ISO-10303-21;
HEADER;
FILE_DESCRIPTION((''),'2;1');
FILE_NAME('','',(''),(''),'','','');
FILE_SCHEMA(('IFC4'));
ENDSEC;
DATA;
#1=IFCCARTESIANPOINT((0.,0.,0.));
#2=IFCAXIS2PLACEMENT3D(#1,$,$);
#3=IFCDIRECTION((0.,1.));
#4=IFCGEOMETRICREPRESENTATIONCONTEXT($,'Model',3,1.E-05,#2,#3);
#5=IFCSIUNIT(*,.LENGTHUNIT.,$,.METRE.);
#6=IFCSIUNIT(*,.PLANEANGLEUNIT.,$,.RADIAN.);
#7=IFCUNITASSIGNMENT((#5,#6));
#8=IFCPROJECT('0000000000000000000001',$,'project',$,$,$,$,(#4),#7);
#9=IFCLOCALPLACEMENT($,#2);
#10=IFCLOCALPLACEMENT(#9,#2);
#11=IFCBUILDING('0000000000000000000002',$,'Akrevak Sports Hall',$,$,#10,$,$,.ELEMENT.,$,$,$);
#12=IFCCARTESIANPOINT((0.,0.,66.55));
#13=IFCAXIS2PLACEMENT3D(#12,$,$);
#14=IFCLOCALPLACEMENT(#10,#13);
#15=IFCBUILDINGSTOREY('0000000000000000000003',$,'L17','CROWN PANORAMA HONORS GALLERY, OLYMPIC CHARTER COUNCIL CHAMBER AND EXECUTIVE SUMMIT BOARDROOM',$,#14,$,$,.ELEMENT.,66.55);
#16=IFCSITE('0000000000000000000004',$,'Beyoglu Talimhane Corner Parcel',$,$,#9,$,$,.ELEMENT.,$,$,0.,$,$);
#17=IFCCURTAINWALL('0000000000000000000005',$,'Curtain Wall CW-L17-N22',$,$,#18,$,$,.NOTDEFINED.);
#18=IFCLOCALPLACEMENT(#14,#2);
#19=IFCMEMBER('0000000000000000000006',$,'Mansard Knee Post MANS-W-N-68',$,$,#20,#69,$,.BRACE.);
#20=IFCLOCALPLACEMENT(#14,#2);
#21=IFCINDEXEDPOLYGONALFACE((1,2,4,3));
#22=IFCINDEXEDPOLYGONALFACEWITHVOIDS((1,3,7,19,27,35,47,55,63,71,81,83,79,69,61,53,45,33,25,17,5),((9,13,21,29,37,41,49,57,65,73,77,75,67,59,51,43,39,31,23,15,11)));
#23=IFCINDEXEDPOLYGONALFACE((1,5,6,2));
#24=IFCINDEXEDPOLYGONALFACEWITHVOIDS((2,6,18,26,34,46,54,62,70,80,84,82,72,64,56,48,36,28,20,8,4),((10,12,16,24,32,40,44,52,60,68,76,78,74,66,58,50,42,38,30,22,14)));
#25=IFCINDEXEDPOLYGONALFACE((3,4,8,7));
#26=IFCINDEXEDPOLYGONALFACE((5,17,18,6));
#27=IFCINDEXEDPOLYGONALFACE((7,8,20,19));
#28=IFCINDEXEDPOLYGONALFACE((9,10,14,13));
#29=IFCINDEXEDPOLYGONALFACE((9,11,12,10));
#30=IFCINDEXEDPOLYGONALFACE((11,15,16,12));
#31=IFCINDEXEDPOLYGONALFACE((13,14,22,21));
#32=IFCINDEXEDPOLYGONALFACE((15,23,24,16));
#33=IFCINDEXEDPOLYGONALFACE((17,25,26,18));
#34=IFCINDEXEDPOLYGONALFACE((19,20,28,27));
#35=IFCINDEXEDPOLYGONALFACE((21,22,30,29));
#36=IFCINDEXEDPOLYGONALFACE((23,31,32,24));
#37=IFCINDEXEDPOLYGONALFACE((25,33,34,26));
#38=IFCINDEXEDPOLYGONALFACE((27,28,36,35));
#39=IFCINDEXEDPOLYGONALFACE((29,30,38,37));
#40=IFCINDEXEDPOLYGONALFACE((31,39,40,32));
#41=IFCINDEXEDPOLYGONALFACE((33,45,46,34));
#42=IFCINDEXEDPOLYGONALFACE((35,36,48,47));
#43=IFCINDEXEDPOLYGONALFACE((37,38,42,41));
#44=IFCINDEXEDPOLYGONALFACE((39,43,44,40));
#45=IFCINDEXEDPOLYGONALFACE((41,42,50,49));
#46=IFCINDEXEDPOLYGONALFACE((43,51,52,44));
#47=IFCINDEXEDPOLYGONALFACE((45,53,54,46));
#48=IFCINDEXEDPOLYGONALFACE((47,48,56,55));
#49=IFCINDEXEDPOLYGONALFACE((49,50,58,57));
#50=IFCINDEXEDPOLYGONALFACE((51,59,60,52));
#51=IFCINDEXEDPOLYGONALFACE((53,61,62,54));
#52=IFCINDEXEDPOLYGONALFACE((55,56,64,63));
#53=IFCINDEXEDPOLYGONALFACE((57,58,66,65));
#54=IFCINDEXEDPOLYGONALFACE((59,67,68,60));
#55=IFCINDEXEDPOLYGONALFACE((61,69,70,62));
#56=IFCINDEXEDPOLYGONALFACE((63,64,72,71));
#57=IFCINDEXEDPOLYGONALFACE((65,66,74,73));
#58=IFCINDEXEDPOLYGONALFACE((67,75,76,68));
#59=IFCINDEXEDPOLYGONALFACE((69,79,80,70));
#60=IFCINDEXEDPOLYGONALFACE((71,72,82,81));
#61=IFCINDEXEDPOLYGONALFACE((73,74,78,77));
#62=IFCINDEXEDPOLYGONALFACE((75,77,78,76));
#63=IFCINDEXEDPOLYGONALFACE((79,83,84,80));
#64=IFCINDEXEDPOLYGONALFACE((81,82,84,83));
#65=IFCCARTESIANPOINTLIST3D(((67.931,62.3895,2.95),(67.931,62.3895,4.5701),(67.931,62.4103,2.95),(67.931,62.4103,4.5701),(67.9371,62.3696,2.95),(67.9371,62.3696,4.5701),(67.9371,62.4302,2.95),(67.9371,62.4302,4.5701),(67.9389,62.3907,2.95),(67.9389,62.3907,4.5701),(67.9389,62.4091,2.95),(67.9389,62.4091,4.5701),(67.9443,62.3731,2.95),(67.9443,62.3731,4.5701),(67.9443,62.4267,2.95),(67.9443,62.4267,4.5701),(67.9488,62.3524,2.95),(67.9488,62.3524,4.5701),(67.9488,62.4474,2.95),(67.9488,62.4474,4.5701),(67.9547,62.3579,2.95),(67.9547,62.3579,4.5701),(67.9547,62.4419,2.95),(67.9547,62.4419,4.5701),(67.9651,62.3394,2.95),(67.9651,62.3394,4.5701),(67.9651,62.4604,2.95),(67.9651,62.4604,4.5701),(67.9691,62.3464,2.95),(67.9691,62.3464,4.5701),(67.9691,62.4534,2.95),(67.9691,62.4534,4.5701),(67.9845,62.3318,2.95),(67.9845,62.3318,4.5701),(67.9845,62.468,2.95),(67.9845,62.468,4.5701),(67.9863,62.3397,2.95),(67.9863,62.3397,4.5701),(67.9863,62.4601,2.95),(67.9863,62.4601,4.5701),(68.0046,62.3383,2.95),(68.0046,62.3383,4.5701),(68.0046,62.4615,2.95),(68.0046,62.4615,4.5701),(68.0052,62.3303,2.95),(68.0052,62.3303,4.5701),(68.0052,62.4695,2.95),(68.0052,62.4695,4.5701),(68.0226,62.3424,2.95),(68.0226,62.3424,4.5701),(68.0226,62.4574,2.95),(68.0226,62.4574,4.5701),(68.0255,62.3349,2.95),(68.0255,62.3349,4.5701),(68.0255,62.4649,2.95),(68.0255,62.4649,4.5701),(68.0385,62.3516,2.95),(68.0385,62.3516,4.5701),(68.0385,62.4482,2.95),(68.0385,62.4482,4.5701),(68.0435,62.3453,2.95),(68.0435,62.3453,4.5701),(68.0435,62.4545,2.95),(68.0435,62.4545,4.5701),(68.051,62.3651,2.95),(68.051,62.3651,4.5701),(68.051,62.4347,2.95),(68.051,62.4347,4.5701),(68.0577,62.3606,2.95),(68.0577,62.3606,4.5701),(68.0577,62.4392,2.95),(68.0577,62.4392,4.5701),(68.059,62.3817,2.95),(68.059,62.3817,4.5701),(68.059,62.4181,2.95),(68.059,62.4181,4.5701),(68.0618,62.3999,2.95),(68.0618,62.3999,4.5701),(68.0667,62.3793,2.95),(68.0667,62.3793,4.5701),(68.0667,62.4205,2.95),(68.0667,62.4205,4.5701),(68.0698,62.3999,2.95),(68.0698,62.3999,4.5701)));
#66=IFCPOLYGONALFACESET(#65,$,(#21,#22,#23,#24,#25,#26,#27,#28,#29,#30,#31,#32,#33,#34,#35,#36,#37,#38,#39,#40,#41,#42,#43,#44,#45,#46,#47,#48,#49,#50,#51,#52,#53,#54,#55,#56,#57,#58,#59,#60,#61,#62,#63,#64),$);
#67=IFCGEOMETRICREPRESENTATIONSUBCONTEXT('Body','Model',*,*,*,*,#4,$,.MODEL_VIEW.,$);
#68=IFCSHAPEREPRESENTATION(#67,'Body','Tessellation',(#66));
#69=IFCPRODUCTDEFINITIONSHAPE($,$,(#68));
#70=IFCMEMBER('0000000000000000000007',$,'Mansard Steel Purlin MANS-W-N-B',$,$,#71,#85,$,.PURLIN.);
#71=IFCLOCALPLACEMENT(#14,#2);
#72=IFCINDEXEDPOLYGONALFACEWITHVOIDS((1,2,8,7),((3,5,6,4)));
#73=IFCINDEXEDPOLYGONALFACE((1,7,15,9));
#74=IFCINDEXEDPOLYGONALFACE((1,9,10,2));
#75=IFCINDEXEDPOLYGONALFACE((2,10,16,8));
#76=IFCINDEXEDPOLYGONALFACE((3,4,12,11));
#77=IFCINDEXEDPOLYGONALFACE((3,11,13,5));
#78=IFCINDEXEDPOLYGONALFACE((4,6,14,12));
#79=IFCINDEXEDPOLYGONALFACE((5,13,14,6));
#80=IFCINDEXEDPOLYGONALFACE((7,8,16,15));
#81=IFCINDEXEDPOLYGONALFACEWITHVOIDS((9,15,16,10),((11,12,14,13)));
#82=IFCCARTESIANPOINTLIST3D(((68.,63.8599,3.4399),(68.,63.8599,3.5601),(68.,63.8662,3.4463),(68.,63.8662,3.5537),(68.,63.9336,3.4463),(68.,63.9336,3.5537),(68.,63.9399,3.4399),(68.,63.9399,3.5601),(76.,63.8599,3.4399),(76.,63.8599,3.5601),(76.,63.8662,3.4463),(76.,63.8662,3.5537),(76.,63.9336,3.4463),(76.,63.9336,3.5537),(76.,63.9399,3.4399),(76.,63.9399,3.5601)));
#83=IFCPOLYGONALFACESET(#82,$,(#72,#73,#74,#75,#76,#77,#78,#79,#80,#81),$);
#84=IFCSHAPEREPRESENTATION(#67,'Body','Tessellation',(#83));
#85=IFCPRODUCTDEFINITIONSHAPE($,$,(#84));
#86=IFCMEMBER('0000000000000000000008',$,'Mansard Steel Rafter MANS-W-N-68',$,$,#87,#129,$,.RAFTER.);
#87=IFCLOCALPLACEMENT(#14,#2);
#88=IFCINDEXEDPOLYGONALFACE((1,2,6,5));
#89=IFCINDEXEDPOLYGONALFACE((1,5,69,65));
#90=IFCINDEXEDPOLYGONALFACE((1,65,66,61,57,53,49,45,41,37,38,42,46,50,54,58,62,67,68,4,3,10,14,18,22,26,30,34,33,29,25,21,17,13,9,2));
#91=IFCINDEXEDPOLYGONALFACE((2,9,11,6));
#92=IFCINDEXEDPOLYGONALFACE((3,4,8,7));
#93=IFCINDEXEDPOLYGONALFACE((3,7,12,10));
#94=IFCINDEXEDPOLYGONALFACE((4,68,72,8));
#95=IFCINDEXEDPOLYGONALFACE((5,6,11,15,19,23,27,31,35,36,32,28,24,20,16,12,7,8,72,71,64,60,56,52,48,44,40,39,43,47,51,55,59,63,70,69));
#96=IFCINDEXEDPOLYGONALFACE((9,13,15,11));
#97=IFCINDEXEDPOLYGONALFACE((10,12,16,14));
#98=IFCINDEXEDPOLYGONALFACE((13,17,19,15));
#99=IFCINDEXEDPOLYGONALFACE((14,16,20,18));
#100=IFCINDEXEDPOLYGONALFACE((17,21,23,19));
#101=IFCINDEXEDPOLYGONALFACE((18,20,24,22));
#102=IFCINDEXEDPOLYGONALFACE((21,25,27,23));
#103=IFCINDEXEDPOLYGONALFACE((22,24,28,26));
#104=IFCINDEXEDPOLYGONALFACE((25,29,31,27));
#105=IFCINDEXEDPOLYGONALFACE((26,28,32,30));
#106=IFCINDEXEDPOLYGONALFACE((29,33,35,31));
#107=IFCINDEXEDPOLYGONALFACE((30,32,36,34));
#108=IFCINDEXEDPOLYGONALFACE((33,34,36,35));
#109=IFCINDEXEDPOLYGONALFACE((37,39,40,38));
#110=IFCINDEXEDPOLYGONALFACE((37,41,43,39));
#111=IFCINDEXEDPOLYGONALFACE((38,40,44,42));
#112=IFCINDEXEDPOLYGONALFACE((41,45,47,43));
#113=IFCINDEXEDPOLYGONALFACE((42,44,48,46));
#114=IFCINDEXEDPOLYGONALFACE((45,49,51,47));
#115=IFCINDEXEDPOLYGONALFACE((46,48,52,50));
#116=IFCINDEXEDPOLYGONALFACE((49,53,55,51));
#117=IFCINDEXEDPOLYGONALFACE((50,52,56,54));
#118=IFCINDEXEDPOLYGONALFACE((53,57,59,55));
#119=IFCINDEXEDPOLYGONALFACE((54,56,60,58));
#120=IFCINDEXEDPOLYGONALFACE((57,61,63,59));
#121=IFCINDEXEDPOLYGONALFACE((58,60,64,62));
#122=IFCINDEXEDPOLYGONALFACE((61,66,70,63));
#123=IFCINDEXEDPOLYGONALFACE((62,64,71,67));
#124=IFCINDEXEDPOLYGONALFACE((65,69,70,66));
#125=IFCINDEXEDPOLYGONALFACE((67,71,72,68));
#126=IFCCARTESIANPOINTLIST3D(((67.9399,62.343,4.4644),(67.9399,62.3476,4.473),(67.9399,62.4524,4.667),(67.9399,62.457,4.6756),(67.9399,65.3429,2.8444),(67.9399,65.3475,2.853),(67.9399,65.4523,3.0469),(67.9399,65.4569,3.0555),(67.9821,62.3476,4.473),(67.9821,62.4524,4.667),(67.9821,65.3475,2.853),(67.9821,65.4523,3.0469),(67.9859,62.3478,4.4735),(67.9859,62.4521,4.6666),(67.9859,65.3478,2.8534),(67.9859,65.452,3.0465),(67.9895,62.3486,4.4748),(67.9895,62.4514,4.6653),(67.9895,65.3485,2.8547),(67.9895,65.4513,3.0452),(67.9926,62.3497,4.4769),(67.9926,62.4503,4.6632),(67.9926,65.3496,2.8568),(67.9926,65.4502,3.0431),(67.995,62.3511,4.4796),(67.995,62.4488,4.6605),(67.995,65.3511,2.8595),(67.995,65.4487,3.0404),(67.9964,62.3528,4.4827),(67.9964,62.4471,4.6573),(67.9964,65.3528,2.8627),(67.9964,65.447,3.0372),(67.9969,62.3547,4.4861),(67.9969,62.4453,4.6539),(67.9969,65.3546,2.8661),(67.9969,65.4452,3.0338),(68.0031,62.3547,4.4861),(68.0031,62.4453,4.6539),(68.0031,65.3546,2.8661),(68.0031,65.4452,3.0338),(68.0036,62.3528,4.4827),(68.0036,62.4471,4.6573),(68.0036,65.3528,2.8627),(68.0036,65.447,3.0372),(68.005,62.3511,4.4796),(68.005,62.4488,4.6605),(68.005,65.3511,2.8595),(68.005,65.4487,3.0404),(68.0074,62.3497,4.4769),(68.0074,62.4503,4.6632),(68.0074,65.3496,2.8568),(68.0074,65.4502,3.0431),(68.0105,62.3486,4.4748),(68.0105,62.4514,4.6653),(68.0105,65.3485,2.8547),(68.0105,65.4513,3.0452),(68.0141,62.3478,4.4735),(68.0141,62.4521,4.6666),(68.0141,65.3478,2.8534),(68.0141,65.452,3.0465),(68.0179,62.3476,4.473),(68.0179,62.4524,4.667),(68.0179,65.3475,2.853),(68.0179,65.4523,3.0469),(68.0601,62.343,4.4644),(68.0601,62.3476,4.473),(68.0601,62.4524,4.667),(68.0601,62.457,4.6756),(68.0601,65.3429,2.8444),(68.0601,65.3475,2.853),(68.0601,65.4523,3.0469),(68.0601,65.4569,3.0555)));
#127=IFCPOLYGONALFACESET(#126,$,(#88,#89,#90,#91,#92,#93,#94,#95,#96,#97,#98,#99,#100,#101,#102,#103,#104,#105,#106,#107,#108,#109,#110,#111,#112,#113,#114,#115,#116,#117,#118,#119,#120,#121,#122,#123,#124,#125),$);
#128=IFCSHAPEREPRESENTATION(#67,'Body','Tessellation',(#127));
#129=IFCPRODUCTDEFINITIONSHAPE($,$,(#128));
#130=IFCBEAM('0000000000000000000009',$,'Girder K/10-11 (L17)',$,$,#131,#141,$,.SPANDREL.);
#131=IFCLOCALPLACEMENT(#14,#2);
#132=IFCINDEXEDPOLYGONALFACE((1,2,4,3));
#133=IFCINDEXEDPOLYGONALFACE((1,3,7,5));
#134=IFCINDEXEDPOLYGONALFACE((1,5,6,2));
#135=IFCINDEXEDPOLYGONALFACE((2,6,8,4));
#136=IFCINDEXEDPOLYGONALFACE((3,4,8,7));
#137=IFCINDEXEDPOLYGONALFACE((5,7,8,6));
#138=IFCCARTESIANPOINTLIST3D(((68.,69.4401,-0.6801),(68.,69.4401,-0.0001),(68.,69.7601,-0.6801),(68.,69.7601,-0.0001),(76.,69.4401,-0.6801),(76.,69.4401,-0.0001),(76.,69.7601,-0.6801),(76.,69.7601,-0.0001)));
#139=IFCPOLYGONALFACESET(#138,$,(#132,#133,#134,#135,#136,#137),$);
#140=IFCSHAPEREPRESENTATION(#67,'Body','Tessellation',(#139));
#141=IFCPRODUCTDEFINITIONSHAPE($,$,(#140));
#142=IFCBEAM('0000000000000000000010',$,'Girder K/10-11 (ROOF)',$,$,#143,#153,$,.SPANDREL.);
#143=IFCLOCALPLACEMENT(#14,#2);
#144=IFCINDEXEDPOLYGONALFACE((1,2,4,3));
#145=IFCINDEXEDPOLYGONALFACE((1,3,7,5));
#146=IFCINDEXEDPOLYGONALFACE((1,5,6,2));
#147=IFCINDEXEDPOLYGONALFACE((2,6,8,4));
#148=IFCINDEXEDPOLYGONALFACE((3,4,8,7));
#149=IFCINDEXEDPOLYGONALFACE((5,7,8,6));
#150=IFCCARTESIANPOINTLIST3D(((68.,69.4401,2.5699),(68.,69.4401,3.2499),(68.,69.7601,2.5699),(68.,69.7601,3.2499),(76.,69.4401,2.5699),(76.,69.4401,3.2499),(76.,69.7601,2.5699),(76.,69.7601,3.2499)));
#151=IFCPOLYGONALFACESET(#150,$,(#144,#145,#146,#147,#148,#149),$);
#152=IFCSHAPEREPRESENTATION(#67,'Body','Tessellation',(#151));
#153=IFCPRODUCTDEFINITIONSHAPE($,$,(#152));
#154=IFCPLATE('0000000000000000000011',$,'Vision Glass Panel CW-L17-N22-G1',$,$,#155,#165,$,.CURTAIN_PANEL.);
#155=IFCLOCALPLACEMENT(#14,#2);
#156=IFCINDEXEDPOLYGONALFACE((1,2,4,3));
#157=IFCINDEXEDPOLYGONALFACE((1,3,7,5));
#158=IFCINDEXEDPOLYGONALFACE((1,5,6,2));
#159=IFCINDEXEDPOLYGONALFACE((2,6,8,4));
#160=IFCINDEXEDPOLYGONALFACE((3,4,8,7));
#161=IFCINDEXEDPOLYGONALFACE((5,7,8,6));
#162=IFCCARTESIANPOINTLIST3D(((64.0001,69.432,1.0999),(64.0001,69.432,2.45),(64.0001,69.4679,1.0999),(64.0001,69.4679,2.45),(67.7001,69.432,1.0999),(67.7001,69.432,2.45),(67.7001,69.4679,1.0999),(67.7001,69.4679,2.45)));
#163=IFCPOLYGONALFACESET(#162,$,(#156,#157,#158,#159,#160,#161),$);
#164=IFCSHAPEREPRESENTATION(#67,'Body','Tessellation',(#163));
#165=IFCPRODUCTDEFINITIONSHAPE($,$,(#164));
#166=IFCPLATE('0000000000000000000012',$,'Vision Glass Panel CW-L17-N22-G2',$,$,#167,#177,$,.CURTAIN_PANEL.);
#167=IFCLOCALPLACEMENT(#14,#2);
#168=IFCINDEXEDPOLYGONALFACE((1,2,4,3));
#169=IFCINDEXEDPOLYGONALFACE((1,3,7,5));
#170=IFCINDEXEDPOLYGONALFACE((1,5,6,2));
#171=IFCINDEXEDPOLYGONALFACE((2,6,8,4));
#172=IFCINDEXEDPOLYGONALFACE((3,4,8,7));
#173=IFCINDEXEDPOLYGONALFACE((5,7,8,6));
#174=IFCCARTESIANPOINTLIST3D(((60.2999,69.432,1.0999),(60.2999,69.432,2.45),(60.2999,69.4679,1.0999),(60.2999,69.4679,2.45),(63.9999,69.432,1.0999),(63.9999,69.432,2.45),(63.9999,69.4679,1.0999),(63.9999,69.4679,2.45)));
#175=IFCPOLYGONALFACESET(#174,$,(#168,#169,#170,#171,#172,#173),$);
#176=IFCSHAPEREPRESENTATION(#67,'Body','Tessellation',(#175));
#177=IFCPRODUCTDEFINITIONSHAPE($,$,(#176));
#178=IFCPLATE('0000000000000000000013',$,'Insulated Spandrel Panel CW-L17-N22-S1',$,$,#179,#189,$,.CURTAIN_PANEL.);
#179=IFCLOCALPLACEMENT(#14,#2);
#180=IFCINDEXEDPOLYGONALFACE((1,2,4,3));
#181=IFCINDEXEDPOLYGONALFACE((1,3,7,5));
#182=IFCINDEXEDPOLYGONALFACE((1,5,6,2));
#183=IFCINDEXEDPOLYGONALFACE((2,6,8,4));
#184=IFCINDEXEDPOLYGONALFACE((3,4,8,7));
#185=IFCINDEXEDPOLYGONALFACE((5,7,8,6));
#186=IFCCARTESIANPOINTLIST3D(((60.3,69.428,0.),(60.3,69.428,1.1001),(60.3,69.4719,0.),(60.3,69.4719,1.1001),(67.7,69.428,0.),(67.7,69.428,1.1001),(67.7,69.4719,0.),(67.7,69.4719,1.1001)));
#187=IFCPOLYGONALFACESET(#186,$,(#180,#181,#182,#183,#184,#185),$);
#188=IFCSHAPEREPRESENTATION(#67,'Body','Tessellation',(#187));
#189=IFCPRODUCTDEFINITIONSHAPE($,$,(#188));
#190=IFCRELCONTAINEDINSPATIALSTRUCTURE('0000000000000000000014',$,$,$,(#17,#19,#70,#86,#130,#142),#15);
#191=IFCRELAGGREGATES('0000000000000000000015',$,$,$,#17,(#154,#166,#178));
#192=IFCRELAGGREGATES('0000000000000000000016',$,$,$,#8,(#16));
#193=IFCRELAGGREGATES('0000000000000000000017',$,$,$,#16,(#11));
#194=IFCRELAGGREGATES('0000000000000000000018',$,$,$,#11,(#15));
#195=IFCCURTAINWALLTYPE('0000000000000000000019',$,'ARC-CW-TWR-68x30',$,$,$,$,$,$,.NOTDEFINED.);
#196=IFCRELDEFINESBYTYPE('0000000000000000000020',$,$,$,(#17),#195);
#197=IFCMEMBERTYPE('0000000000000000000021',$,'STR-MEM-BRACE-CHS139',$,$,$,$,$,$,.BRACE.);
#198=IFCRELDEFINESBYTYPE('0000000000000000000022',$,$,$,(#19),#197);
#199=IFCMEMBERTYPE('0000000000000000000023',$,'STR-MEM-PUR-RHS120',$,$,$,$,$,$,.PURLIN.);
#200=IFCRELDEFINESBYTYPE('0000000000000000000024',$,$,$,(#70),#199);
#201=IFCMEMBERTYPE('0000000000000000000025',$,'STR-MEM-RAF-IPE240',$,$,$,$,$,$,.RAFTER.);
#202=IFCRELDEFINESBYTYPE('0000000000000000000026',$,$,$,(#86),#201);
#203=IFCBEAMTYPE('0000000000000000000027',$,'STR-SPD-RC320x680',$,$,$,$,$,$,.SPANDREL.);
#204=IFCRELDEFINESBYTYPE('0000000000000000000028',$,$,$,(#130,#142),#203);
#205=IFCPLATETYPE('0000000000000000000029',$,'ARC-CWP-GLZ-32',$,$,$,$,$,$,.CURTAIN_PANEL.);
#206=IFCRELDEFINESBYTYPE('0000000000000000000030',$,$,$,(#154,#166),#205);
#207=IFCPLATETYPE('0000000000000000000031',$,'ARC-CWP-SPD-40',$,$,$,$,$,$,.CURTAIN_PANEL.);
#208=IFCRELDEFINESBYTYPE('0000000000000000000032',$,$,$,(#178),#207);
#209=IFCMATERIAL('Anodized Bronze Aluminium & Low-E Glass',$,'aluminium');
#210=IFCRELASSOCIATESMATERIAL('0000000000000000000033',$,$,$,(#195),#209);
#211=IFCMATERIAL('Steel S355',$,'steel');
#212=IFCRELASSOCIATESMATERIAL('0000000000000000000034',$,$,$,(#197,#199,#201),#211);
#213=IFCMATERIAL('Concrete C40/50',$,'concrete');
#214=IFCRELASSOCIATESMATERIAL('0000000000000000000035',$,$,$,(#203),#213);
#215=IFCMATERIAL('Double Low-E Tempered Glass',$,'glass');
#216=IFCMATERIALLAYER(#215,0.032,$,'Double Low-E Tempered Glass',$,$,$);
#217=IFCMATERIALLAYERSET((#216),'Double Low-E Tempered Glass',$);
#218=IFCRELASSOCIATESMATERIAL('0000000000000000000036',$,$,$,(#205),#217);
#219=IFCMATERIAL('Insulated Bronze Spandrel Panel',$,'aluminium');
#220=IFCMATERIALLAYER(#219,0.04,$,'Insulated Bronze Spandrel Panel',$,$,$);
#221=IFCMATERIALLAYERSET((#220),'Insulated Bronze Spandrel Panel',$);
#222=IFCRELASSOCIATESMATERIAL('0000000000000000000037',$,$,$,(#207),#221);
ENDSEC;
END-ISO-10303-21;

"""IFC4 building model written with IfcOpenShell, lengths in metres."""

from ifc_helpers import new_model, si_unit, direction, frame, origin, origin_2d, place, context, subcontext, project, spatial, rectangle, hollow_rectangle, hollow_circle, i_section, extrude, material, layer, layer_set, material_profile, profile_set, type_object, element, aggregate, save


model = new_model("IFC4")

# Units and contexts
model_context = context("Model", 3, precision=1e-05, world=origin(), true_north=direction((0.0, 1.0)))
body_context = subcontext(model_context, "Body", "Model", "MODEL_VIEW")
ifc_project = project(units=[si_unit("LENGTHUNIT", "METRE"), si_unit("PLANEANGLEUNIT", "RADIAN")], contexts=[model_context])

# Site, building, storey
site_placement = place(None, origin())
site = spatial("IfcSite", under=ifc_project, at=site_placement, Name="Beyoglu Talimhane Corner Parcel", CompositionType="ELEMENT", RefElevation=0.0)
building_placement = place(site_placement, origin())
building = spatial("IfcBuilding", under=site, at=building_placement, Name="Akrevak Sports Hall", CompositionType="ELEMENT")
storey_placement = place(building_placement, frame((0.0, 0.0, 66.55)))
storey = spatial("IfcBuildingStorey", under=building, at=storey_placement, Name="L17", Description="CROWN PANORAMA HONORS GALLERY, OLYMPIC CHARTER COUNCIL CHAMBER AND EXECUTIVE SUMMIT BOARDROOM", CompositionType="ELEMENT", Elevation=66.55)

# Shared definitions
ifc_material_1 = material(Name="Concrete C40/50", Category="concrete")

# Shared definitions
ifc_material_2 = material(Name="Anodized Bronze Aluminium & Low-E Glass", Category="aluminium")
curtain_wall_type = type_object("IfcCurtainWallType", Name="ARC-CW-TWR-68x30", PredefinedType="NOTDEFINED", material=ifc_material_2)

# Curtain wall
curtain_wall_1_placement = place(storey_placement, origin())
curtain_wall_1 = element("IfcCurtainWall", 1, at=curtain_wall_1_placement, inside=storey, type_object=curtain_wall_type, Name="Curtain Wall CW-L17-N22", PredefinedType="NOTDEFINED")

# Members
ifc_material_3 = material(Name="Steel S355", Category="steel")
ifc_material_profile_1 = material_profile(ifc_material_3, hollow_circle(Radius=0.0698, WallThickness=0.0081, at=origin_2d()), Name="CHS 139.7x8", Category="steel")
ifc_profile_set_1 = profile_set([ifc_material_profile_1], Name="Steel S355")
member_type_1 = type_object("IfcMemberType", Name="STR-MEM-BRACE-CHS139", PredefinedType="BRACE", material=ifc_profile_set_1)
member_1_placement = place(storey_placement, frame((68.0, 62.3999, 2.95), z_axis=(0.0, 0.0, 1.0), x_axis=(1.0, 0.0, 0.0)))
element("IfcMember", 2, at=member_1_placement, inside=storey, type_object=member_type_1, Name="Mansard Knee Post MANS-W-N-68", PredefinedType="BRACE", context=body_context, shape_type="SweptSolid", body=[
    extrude(hollow_circle(Radius=0.0698, WallThickness=0.0081, at=origin_2d()), origin(), (0.0, 0.0, 1.0), 1.6201),
])
ifc_material_profile_2 = material_profile(ifc_material_3, hollow_rectangle(XDim=0.0801, YDim=0.1201, WallThickness=0.0063, at=origin_2d()), Name="RHS 120x80x6.3", Category="steel")
ifc_profile_set_2 = profile_set([ifc_material_profile_2], Name="Steel S355")
member_type_2 = type_object("IfcMemberType", Name="STR-MEM-PUR-RHS120", PredefinedType="PURLIN", material=ifc_profile_set_2)
member_2_placement = place(storey_placement, frame((68.0, 63.8999, 3.5), z_axis=(1.0, 0.0, 0.0), x_axis=(0.0, 1.0, 0.0)))
element("IfcMember", 3, at=member_2_placement, inside=storey, type_object=member_type_2, Name="Mansard Steel Purlin MANS-W-N-B", PredefinedType="PURLIN", context=body_context, shape_type="SweptSolid", body=[
    extrude(hollow_rectangle(XDim=0.0801, YDim=0.1201, WallThickness=0.0063, at=origin_2d()), origin(), (0.0, 0.0, 1.0), 8.0),
])
ifc_material_profile_3 = material_profile(ifc_material_3, i_section(OverallWidth=0.1201, OverallDepth=0.24, WebThickness=0.0061, FlangeThickness=0.0098, FilletRadius=0.0149, at=origin_2d()), Name="IPE 240", Category="steel")
ifc_profile_set_3 = profile_set([ifc_material_profile_3], Name="Steel S355")
member_type_3 = type_object("IfcMemberType", Name="STR-MEM-RAF-IPE240", PredefinedType="RAFTER", material=ifc_profile_set_3)
member_3_placement = place(storey_placement, frame((68.0, 65.3999, 2.95), z_axis=(0.0, -0.879891, 0.475176), x_axis=(1.0, 0.0, 0.0)))
element("IfcMember", 4, at=member_3_placement, inside=storey, type_object=member_type_3, Name="Mansard Steel Rafter MANS-W-N-68", PredefinedType="RAFTER", context=body_context, shape_type="SweptSolid", body=[
    extrude(i_section(OverallWidth=0.1201, OverallDepth=0.24, WebThickness=0.0061, FlangeThickness=0.0098, FilletRadius=0.0149, at=origin_2d()), origin(), (0.0, 0.0, 1.0), 3.4094),
])

# Beams
ifc_material_profile_4 = material_profile(ifc_material_1, rectangle(XDim=0.3201, YDim=0.6799, at=origin_2d()), Name="SPD 320x680", Category="concrete")
ifc_profile_set_4 = profile_set([ifc_material_profile_4], Name="Concrete C40/50")
beam_type_1 = type_object("IfcBeamType", Name="STR-SPD-RC320x680", PredefinedType="SPANDREL", material=ifc_profile_set_4)
for number, where, z_axis, x_axis, name in (
    (5, (68.0, 69.6001, -0.3401), (1.0, 0.0, 0.0), (0.0, 1.0, 0.0), "Girder K/10-11 (L17)"),
    (6, (68.0, 69.6001, 2.9099), (1.0, 0.0, 0.0), (0.0, 1.0, 0.0), "Girder K/10-11 (ROOF)"),
):
    element("IfcBeam", number, at=place(storey_placement, frame(where, z_axis=z_axis, x_axis=x_axis)), inside=storey, type_object=beam_type_1, Name=name, PredefinedType="SPANDREL", context=body_context, shape_type="SweptSolid", body=[
        extrude(rectangle(XDim=0.3201, YDim=0.6799, at=origin_2d()), origin(), (0.0, 0.0, 1.0), 8.0),
    ])

# Plates
ifc_material_4 = material(Name="Double Low-E Tempered Glass", Category="glass")
ifc_layer_1 = layer(ifc_material_4, 0.032, Name="Double Low-E Tempered Glass")
ifc_layer_set_1 = layer_set([ifc_layer_1], Name="Double Low-E Tempered Glass")
plate_type_1 = type_object("IfcPlateType", Name="ARC-CWP-GLZ-32", PredefinedType="CURTAIN_PANEL", material=ifc_layer_set_1)
plate_1_placement = place(storey_placement, frame((65.8501, 69.45, 1.0999), z_axis=(0.0, 0.0, 1.0), x_axis=(-1.0, 0.0, 0.0)))
plate_1 = element("IfcPlate", 7, at=plate_1_placement, type_object=plate_type_1, Name="Vision Glass Panel CW-L17-N22-G1", PredefinedType="CURTAIN_PANEL", context=body_context, shape_type="SweptSolid", body=[
    extrude(rectangle(XDim=3.7, YDim=0.0359, at=origin_2d()), origin(), (0.0, 0.0, 1.0), 1.3501),
])
plate_2_placement = place(storey_placement, frame((62.1499, 69.45, 1.0999), z_axis=(0.0, 0.0, 1.0), x_axis=(-1.0, 0.0, 0.0)))
plate_2 = element("IfcPlate", 8, at=plate_2_placement, type_object=plate_type_1, Name="Vision Glass Panel CW-L17-N22-G2", PredefinedType="CURTAIN_PANEL", context=body_context, shape_type="SweptSolid", body=[
    extrude(rectangle(XDim=3.7, YDim=0.0359, at=origin_2d()), origin(), (0.0, 0.0, 1.0), 1.3501),
])
ifc_material_5 = material(Name="Insulated Bronze Spandrel Panel", Category="aluminium")
ifc_layer_2 = layer(ifc_material_5, 0.04, Name="Insulated Bronze Spandrel Panel")
ifc_layer_set_2 = layer_set([ifc_layer_2], Name="Insulated Bronze Spandrel Panel")
plate_type_2 = type_object("IfcPlateType", Name="ARC-CWP-SPD-40", PredefinedType="CURTAIN_PANEL", material=ifc_layer_set_2)
plate_3_placement = place(storey_placement, frame((64.0, 69.45, 0.0), z_axis=(0.0, 0.0, 1.0), x_axis=(-1.0, 0.0, 0.0)))
plate_3 = element("IfcPlate", 9, at=plate_3_placement, type_object=plate_type_2, Name="Insulated Spandrel Panel CW-L17-N22-S1", PredefinedType="CURTAIN_PANEL", context=body_context, shape_type="SweptSolid", body=[
    extrude(rectangle(XDim=7.3999, YDim=0.0439, at=origin_2d()), origin(), (0.0, 0.0, 1.0), 1.1001),
])
aggregate(curtain_wall_1, [plate_1, plate_2, plate_3])

save(model, "model.ifc")
